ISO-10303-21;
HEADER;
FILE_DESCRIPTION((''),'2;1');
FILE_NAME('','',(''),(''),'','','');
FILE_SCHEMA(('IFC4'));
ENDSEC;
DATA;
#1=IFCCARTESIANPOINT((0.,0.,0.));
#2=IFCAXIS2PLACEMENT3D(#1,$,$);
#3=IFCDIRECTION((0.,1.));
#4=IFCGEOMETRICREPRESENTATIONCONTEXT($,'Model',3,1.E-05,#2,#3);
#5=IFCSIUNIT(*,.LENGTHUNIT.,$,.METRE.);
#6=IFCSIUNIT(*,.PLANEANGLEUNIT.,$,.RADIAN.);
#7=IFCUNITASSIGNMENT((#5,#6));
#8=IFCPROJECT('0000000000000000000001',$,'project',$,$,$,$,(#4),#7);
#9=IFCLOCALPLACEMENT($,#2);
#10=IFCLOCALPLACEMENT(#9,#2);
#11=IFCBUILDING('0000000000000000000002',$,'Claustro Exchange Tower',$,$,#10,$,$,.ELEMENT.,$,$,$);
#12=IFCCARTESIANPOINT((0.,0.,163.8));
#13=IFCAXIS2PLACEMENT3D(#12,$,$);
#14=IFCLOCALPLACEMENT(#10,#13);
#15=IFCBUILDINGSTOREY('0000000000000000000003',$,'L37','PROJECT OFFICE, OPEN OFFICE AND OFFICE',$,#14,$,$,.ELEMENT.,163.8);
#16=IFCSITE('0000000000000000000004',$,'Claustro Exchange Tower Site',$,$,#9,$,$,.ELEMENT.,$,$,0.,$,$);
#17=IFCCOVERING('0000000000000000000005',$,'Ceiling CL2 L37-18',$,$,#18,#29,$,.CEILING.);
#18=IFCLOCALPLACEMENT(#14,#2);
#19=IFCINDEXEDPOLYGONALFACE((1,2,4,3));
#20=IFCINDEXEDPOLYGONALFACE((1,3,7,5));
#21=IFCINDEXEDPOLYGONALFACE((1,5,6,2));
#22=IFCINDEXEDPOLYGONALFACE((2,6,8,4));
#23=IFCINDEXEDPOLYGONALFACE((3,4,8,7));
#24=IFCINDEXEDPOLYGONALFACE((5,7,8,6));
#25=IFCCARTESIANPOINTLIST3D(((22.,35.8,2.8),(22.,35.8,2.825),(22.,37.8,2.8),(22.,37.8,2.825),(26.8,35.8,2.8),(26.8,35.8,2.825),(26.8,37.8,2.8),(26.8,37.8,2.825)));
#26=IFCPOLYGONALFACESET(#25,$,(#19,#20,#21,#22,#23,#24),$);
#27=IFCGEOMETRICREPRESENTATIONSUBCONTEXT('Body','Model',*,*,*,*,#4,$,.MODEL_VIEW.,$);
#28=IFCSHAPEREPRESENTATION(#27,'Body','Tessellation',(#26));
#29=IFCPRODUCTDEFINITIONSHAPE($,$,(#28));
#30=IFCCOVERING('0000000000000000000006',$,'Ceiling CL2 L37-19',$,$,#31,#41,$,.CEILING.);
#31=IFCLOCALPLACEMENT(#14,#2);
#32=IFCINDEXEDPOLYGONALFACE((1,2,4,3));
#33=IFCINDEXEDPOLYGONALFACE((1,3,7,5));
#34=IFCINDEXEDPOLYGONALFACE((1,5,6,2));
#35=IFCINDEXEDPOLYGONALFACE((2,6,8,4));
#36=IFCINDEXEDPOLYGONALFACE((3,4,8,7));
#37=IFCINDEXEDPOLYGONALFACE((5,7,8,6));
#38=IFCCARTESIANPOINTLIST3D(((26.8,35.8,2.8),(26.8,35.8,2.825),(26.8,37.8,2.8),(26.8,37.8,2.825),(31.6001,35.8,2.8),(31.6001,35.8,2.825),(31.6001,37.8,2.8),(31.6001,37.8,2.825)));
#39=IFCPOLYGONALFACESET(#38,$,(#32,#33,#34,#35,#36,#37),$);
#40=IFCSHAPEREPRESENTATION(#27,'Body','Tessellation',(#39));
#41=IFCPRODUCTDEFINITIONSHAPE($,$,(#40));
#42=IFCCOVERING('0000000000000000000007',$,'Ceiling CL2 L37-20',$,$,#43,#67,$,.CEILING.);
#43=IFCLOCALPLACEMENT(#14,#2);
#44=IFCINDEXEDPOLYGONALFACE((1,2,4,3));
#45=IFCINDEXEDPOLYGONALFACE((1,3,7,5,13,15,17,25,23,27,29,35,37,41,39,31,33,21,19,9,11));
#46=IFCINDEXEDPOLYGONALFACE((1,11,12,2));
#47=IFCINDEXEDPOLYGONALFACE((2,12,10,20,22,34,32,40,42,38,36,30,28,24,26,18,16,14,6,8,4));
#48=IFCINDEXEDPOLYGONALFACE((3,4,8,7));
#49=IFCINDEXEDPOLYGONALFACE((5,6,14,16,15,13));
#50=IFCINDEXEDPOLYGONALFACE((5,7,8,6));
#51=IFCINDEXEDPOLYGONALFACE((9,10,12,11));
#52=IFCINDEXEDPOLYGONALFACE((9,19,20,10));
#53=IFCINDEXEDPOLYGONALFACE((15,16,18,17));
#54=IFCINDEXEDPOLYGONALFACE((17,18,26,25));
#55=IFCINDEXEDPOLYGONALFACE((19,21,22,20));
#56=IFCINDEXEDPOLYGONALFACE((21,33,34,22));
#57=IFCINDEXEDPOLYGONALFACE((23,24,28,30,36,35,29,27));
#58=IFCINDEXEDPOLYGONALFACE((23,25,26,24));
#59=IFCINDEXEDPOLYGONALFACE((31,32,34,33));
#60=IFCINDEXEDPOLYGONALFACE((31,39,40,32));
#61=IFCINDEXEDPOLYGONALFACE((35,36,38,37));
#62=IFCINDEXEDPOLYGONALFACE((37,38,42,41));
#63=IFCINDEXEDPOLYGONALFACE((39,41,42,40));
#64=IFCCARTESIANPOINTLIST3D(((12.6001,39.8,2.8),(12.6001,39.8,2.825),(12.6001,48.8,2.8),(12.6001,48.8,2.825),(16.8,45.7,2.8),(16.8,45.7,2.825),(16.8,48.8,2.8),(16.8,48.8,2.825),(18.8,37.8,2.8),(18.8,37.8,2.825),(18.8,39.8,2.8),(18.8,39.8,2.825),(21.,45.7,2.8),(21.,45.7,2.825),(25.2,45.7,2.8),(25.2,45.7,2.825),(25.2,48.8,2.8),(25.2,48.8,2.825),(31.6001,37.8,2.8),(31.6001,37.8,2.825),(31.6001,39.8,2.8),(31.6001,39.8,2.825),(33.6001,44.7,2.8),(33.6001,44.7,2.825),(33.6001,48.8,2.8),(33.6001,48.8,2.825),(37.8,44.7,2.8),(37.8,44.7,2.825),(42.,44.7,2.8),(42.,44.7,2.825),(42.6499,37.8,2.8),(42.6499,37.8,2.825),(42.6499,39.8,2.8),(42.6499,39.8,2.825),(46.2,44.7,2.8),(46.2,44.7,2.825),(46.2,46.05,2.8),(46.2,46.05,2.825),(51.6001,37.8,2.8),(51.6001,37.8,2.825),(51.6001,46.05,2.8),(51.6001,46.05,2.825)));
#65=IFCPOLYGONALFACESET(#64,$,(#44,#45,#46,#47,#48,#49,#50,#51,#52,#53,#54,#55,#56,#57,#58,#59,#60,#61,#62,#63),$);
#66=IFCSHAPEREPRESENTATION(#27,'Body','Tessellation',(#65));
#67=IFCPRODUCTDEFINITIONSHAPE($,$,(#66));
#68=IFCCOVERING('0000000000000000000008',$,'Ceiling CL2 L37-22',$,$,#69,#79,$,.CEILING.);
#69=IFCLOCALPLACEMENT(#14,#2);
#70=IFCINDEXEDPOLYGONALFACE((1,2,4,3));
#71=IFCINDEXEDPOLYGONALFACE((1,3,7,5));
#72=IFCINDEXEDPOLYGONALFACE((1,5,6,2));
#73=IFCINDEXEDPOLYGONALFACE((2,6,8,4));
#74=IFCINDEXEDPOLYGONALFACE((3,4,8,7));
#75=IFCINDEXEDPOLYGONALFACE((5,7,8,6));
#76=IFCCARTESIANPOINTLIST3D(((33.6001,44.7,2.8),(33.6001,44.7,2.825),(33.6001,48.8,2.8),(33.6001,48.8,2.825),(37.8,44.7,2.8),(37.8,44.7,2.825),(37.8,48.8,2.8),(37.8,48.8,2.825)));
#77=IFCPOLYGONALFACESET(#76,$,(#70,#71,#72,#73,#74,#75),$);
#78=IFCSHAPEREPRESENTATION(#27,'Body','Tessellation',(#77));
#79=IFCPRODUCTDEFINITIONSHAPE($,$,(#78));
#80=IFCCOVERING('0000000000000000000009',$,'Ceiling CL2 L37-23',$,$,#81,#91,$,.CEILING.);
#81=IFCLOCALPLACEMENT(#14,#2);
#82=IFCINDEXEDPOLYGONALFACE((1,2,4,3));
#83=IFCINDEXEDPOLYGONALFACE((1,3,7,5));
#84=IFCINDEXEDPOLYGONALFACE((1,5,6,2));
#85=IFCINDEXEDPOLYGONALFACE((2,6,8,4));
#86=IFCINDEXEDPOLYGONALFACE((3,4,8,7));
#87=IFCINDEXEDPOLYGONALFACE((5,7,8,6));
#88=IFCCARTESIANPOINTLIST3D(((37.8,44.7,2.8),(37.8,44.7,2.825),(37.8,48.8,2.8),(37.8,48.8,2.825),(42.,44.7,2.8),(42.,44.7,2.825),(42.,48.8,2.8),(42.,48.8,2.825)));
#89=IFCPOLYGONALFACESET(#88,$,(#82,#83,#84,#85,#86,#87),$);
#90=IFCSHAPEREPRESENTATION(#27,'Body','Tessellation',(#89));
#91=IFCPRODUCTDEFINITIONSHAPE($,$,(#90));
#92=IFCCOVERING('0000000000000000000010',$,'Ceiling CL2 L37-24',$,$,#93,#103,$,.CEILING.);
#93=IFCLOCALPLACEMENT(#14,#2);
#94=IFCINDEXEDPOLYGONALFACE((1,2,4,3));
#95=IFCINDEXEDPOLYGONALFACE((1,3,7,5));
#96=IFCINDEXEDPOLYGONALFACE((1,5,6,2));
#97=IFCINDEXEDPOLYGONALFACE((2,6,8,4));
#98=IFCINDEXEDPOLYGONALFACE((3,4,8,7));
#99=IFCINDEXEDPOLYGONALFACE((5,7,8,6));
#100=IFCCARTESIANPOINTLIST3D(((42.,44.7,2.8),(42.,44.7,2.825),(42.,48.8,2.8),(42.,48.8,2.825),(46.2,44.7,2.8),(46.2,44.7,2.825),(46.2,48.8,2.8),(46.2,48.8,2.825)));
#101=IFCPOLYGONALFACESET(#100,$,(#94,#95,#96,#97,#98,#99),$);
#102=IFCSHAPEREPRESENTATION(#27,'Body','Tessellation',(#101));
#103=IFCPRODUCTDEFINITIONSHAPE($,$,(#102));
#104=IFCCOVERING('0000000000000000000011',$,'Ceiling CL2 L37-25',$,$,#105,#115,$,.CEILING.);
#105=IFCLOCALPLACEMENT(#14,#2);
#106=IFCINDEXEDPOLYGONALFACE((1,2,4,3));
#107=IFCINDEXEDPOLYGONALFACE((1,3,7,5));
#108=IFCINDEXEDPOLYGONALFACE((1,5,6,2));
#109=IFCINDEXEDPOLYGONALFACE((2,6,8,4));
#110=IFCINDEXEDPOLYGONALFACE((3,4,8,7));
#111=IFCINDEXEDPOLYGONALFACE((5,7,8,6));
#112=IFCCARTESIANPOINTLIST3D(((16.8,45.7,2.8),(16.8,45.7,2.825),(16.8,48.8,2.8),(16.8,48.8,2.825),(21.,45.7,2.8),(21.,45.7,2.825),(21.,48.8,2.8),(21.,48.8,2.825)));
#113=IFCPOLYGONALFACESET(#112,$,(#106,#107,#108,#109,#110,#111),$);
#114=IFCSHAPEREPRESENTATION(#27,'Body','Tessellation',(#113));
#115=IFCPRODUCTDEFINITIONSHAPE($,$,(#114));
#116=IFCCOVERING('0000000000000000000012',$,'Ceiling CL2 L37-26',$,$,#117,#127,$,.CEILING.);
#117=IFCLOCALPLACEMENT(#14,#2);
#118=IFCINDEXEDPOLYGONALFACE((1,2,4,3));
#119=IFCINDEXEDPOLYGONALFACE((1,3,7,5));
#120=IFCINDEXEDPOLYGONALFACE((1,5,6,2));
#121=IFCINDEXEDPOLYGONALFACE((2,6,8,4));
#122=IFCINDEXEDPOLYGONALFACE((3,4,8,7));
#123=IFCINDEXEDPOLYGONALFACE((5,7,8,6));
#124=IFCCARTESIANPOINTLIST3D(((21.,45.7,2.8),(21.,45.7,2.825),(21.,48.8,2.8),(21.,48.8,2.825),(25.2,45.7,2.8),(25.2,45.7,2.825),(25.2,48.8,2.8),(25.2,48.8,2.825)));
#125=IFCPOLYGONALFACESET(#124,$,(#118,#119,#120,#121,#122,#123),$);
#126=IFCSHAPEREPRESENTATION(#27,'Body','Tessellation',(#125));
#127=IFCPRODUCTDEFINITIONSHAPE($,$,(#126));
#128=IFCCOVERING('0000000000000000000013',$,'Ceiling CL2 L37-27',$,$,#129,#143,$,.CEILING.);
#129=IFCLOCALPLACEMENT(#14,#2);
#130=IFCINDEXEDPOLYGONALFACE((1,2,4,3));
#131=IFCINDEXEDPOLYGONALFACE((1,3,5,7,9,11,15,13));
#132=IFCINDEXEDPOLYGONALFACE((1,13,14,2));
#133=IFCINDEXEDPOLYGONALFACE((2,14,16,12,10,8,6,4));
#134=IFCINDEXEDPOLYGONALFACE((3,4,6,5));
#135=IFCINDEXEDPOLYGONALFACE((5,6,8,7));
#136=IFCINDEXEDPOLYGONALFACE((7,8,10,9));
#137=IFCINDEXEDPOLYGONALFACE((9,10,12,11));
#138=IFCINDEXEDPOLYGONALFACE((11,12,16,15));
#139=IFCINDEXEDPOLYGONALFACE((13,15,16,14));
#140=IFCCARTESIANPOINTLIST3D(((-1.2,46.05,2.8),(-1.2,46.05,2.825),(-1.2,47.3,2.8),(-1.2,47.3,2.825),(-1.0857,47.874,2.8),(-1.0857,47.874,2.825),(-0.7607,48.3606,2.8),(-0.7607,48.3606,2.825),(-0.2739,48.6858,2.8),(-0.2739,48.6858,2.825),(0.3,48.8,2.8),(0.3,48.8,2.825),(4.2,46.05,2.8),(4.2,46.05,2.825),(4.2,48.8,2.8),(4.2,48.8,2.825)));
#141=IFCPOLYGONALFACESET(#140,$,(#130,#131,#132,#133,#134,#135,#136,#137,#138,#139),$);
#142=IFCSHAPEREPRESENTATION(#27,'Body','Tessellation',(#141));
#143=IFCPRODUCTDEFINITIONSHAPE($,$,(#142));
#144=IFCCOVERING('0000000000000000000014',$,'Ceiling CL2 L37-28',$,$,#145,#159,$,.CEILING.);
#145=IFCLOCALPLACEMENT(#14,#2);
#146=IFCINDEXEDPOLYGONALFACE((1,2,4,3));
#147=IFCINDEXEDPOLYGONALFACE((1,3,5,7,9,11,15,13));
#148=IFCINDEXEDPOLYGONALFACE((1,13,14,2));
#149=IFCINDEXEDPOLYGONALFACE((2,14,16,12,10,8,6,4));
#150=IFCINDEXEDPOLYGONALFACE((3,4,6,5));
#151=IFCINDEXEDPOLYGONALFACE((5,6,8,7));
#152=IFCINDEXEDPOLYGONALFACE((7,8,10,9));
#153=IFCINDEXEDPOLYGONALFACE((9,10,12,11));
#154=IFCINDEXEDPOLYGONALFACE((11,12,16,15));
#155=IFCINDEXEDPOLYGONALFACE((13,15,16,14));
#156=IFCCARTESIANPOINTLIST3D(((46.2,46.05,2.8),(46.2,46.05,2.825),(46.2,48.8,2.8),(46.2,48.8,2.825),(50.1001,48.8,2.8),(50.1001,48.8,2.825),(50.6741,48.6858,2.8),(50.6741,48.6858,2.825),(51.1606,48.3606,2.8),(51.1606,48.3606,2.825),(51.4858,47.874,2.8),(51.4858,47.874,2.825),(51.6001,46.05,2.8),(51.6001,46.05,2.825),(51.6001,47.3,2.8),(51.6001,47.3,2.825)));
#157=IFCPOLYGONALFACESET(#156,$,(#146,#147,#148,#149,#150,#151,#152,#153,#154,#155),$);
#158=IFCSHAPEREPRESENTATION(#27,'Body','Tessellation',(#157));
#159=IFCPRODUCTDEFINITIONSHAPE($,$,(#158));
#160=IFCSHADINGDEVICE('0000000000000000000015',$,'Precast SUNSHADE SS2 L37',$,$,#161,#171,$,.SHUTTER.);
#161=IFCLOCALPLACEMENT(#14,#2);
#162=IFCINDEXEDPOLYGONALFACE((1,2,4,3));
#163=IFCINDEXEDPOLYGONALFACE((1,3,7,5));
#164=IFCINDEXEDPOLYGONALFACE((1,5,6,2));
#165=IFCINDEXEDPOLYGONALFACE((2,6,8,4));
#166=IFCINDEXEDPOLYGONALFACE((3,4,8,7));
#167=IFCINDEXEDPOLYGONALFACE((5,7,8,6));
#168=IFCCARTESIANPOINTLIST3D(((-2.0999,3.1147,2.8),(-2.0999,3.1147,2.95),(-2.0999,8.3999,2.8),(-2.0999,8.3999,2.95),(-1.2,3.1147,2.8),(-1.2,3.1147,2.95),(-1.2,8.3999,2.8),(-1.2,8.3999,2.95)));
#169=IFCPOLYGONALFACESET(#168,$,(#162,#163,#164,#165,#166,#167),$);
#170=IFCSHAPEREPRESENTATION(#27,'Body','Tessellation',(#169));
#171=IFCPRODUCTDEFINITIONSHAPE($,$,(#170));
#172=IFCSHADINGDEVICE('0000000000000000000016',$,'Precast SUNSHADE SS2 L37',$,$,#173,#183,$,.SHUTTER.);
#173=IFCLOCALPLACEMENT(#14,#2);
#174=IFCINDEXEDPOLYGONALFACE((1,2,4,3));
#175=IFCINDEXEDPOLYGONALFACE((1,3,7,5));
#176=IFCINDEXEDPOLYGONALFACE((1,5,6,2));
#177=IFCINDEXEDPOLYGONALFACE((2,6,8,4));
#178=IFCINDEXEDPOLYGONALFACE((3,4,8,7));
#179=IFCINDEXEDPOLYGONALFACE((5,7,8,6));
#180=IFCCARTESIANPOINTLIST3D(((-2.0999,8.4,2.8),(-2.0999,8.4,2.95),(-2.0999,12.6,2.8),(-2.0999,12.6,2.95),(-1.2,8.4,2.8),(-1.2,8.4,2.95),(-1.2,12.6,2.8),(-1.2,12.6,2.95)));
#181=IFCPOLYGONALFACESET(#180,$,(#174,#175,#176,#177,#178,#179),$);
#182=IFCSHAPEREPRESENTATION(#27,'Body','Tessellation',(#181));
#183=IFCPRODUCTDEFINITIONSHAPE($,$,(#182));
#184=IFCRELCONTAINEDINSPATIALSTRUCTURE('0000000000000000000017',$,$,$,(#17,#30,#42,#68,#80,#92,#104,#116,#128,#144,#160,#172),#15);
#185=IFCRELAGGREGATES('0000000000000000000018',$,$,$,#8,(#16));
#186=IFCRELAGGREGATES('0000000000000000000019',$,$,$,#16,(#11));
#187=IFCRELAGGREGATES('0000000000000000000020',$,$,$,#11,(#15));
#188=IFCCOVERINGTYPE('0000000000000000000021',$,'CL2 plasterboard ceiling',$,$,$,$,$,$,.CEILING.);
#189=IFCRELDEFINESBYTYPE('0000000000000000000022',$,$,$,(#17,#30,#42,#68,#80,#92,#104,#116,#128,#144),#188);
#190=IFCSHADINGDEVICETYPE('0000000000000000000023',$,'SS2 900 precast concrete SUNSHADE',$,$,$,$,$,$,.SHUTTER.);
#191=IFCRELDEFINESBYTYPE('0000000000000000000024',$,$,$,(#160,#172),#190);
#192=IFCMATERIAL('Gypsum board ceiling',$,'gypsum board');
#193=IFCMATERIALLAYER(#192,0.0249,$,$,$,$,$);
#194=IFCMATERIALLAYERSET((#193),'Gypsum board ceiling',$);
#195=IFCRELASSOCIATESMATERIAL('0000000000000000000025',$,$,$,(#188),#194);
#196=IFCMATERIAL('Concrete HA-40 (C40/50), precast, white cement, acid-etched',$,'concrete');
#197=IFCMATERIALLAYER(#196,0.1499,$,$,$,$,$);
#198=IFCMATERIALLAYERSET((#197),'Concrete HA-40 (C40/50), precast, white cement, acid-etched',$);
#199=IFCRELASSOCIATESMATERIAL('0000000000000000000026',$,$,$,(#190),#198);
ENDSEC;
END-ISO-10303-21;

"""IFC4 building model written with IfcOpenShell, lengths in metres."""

from ifc_helpers import new_model, si_unit, direction, frame, origin, origin_2d, place, context, subcontext, project, spatial, polyline, rectangle, outline, extrude, material, layer, layer_set, type_object, element, save


model = new_model("IFC4")

# Units and contexts
model_context = context("Model", 3, precision=1e-05, world=origin(), true_north=direction((0.0, 1.0)))
body_context = subcontext(model_context, "Body", "Model", "MODEL_VIEW")
ifc_project = project(units=[si_unit("LENGTHUNIT", "METRE"), si_unit("PLANEANGLEUNIT", "RADIAN")], contexts=[model_context])

# Site, building, storey
site_placement = place(None, origin())
site = spatial("IfcSite", under=ifc_project, at=site_placement, Name="Claustro Exchange Tower Site", CompositionType="ELEMENT", RefElevation=0.0)
building_placement = place(site_placement, origin())
building = spatial("IfcBuilding", under=site, at=building_placement, Name="Claustro Exchange Tower", CompositionType="ELEMENT")
storey_placement = place(building_placement, frame((0.0, 0.0, 163.8)))
storey = spatial("IfcBuildingStorey", under=building, at=storey_placement, Name="L37", Description="PROJECT OFFICE, OPEN OFFICE AND OFFICE", CompositionType="ELEMENT", Elevation=163.8)

# Coverings
ifc_material_1 = material(Name="Gypsum board ceiling", Category="gypsum board")
ifc_layer_1 = layer(ifc_material_1, 0.0249)
ifc_layer_set_1 = layer_set([ifc_layer_1], Name="Gypsum board ceiling")
covering_type_1 = type_object("IfcCoveringType", Name="CL2 plasterboard ceiling", PredefinedType="CEILING", material=ifc_layer_set_1)
covering_1_placement = place(storey_placement, frame((0.0, 0.0, 2.8)))
element("IfcCovering", 1, at=covering_1_placement, inside=storey, type_object=covering_type_1, Name="Ceiling CL2 L37-18", PredefinedType="CEILING", context=body_context, shape_type="SweptSolid", body=[
    extrude(outline(polyline([(22.0, 35.8), (26.8, 35.8), (26.8, 37.8), (22.0, 37.8), (22.0, 35.8)])), origin(), (0.0, 0.0, 1.0), 0.0249),
])
covering_2_placement = place(storey_placement, frame((0.0, 0.0, 2.8)))
element("IfcCovering", 2, at=covering_2_placement, inside=storey, type_object=covering_type_1, Name="Ceiling CL2 L37-19", PredefinedType="CEILING", context=body_context, shape_type="SweptSolid", body=[
    extrude(outline(polyline([(26.8, 35.8), (31.6001, 35.8), (31.6001, 37.8), (26.8, 37.8), (26.8, 35.8)])), origin(), (0.0, 0.0, 1.0), 0.0249),
])
covering_3_placement = place(storey_placement, frame((0.0, 0.0, 2.8)))
element("IfcCovering", 3, at=covering_3_placement, inside=storey, type_object=covering_type_1, Name="Ceiling CL2 L37-20", PredefinedType="CEILING", context=body_context, shape_type="SweptSolid", body=[
    extrude(outline(polyline([(16.8, 48.8), (12.6001, 48.8), (12.6001, 39.8), (18.8, 39.8), (18.8, 37.8), (31.6001, 37.8), (31.6001, 39.8), (42.6499, 39.8), (42.6499, 37.8), (51.6001, 37.8), (51.6001, 46.05), (46.2, 46.05), (46.2, 44.7), (42.0, 44.7), (37.8, 44.7), (33.6001, 44.7), (33.6001, 48.8), (25.2, 48.8), (25.2, 45.7), (21.0, 45.7), (16.8, 45.7), (16.8, 48.8)])), origin(), (0.0, 0.0, 1.0), 0.0249),
])
covering_4_placement = place(storey_placement, frame((0.0, 0.0, 2.8)))
element("IfcCovering", 4, at=covering_4_placement, inside=storey, type_object=covering_type_1, Name="Ceiling CL2 L37-22", PredefinedType="CEILING", context=body_context, shape_type="SweptSolid", body=[
    extrude(outline(polyline([(37.8, 48.8), (33.6001, 48.8), (33.6001, 44.7), (37.8, 44.7), (37.8, 48.8)])), origin(), (0.0, 0.0, 1.0), 0.0249),
])
covering_5_placement = place(storey_placement, frame((0.0, 0.0, 2.8)))
element("IfcCovering", 5, at=covering_5_placement, inside=storey, type_object=covering_type_1, Name="Ceiling CL2 L37-23", PredefinedType="CEILING", context=body_context, shape_type="SweptSolid", body=[
    extrude(outline(polyline([(42.0, 48.8), (37.8, 48.8), (37.8, 44.7), (42.0, 44.7), (42.0, 48.8)])), origin(), (0.0, 0.0, 1.0), 0.0249),
])
covering_6_placement = place(storey_placement, frame((0.0, 0.0, 2.8)))
element("IfcCovering", 6, at=covering_6_placement, inside=storey, type_object=covering_type_1, Name="Ceiling CL2 L37-24", PredefinedType="CEILING", context=body_context, shape_type="SweptSolid", body=[
    extrude(outline(polyline([(46.2, 48.8), (42.0, 48.8), (42.0, 44.7), (46.2, 44.7), (46.2, 48.8)])), origin(), (0.0, 0.0, 1.0), 0.0249),
])
covering_7_placement = place(storey_placement, frame((0.0, 0.0, 2.8)))
element("IfcCovering", 7, at=covering_7_placement, inside=storey, type_object=covering_type_1, Name="Ceiling CL2 L37-25", PredefinedType="CEILING", context=body_context, shape_type="SweptSolid", body=[
    extrude(outline(polyline([(21.0, 48.8), (16.8, 48.8), (16.8, 45.7), (21.0, 45.7), (21.0, 48.8)])), origin(), (0.0, 0.0, 1.0), 0.0249),
])
covering_8_placement = place(storey_placement, frame((0.0, 0.0, 2.8)))
element("IfcCovering", 8, at=covering_8_placement, inside=storey, type_object=covering_type_1, Name="Ceiling CL2 L37-26", PredefinedType="CEILING", context=body_context, shape_type="SweptSolid", body=[
    extrude(outline(polyline([(25.2, 48.8), (21.0, 48.8), (21.0, 45.7), (25.2, 45.7), (25.2, 48.8)])), origin(), (0.0, 0.0, 1.0), 0.0249),
])
covering_9_placement = place(storey_placement, frame((0.0, 0.0, 2.8)))
element("IfcCovering", 9, at=covering_9_placement, inside=storey, type_object=covering_type_1, Name="Ceiling CL2 L37-27", PredefinedType="CEILING", context=body_context, shape_type="SweptSolid", body=[
    extrude(outline(polyline([(-1.2, 47.3), (-1.2, 46.05), (4.2, 46.05), (4.2, 48.8), (0.3, 48.8), (-0.2739, 48.6858), (-0.7607, 48.3606), (-1.0857, 47.874), (-1.2, 47.3)])), origin(), (0.0, 0.0, 1.0), 0.0249),
])
covering_10_placement = place(storey_placement, frame((0.0, 0.0, 2.8)))
element("IfcCovering", 10, at=covering_10_placement, inside=storey, type_object=covering_type_1, Name="Ceiling CL2 L37-28", PredefinedType="CEILING", context=body_context, shape_type="SweptSolid", body=[
    extrude(outline(polyline([(50.1001, 48.8), (46.2, 48.8), (46.2, 46.05), (51.6001, 46.05), (51.6001, 47.3), (51.4858, 47.874), (51.1606, 48.3606), (50.6741, 48.6858), (50.1001, 48.8)])), origin(), (0.0, 0.0, 1.0), 0.0249),
])

# Shading devices
ifc_material_2 = material(Name="Concrete HA-40 (C40/50), precast, white cement, acid-etched", Category="concrete")
ifc_layer_2 = layer(ifc_material_2, 0.1499)
ifc_layer_set_2 = layer_set([ifc_layer_2], Name="Concrete HA-40 (C40/50), precast, white cement, acid-etched")
shading_device_type = type_object("IfcShadingDeviceType", Name="SS2 900 precast concrete SUNSHADE", PredefinedType="SHUTTER", material=ifc_layer_set_2)
shading_device_1_placement = place(storey_placement, frame((-1.6499, 5.7573, 2.8), z_axis=(0.0, 0.0, 1.0), x_axis=(0.0, 1.0, 0.0)))
element("IfcShadingDevice", 11, at=shading_device_1_placement, inside=storey, type_object=shading_device_type, Name="Precast SUNSHADE SS2 L37", PredefinedType="SHUTTER", context=body_context, shape_type="SweptSolid", body=[
    extrude(rectangle(XDim=5.2852, YDim=0.8999, at=origin_2d()), origin(), (0.0, 0.0, 1.0), 0.1499),
])
shading_device_2_placement = place(storey_placement, frame((-1.6499, 10.5, 2.8), z_axis=(0.0, 0.0, 1.0), x_axis=(0.0, 1.0, 0.0)))
element("IfcShadingDevice", 12, at=shading_device_2_placement, inside=storey, type_object=shading_device_type, Name="Precast SUNSHADE SS2 L37", PredefinedType="SHUTTER", context=body_context, shape_type="SweptSolid", body=[
    extrude(rectangle(XDim=4.2, YDim=0.8999, at=origin_2d()), origin(), (0.0, 0.0, 1.0), 0.1499),
])

save(model, "model.ifc")
